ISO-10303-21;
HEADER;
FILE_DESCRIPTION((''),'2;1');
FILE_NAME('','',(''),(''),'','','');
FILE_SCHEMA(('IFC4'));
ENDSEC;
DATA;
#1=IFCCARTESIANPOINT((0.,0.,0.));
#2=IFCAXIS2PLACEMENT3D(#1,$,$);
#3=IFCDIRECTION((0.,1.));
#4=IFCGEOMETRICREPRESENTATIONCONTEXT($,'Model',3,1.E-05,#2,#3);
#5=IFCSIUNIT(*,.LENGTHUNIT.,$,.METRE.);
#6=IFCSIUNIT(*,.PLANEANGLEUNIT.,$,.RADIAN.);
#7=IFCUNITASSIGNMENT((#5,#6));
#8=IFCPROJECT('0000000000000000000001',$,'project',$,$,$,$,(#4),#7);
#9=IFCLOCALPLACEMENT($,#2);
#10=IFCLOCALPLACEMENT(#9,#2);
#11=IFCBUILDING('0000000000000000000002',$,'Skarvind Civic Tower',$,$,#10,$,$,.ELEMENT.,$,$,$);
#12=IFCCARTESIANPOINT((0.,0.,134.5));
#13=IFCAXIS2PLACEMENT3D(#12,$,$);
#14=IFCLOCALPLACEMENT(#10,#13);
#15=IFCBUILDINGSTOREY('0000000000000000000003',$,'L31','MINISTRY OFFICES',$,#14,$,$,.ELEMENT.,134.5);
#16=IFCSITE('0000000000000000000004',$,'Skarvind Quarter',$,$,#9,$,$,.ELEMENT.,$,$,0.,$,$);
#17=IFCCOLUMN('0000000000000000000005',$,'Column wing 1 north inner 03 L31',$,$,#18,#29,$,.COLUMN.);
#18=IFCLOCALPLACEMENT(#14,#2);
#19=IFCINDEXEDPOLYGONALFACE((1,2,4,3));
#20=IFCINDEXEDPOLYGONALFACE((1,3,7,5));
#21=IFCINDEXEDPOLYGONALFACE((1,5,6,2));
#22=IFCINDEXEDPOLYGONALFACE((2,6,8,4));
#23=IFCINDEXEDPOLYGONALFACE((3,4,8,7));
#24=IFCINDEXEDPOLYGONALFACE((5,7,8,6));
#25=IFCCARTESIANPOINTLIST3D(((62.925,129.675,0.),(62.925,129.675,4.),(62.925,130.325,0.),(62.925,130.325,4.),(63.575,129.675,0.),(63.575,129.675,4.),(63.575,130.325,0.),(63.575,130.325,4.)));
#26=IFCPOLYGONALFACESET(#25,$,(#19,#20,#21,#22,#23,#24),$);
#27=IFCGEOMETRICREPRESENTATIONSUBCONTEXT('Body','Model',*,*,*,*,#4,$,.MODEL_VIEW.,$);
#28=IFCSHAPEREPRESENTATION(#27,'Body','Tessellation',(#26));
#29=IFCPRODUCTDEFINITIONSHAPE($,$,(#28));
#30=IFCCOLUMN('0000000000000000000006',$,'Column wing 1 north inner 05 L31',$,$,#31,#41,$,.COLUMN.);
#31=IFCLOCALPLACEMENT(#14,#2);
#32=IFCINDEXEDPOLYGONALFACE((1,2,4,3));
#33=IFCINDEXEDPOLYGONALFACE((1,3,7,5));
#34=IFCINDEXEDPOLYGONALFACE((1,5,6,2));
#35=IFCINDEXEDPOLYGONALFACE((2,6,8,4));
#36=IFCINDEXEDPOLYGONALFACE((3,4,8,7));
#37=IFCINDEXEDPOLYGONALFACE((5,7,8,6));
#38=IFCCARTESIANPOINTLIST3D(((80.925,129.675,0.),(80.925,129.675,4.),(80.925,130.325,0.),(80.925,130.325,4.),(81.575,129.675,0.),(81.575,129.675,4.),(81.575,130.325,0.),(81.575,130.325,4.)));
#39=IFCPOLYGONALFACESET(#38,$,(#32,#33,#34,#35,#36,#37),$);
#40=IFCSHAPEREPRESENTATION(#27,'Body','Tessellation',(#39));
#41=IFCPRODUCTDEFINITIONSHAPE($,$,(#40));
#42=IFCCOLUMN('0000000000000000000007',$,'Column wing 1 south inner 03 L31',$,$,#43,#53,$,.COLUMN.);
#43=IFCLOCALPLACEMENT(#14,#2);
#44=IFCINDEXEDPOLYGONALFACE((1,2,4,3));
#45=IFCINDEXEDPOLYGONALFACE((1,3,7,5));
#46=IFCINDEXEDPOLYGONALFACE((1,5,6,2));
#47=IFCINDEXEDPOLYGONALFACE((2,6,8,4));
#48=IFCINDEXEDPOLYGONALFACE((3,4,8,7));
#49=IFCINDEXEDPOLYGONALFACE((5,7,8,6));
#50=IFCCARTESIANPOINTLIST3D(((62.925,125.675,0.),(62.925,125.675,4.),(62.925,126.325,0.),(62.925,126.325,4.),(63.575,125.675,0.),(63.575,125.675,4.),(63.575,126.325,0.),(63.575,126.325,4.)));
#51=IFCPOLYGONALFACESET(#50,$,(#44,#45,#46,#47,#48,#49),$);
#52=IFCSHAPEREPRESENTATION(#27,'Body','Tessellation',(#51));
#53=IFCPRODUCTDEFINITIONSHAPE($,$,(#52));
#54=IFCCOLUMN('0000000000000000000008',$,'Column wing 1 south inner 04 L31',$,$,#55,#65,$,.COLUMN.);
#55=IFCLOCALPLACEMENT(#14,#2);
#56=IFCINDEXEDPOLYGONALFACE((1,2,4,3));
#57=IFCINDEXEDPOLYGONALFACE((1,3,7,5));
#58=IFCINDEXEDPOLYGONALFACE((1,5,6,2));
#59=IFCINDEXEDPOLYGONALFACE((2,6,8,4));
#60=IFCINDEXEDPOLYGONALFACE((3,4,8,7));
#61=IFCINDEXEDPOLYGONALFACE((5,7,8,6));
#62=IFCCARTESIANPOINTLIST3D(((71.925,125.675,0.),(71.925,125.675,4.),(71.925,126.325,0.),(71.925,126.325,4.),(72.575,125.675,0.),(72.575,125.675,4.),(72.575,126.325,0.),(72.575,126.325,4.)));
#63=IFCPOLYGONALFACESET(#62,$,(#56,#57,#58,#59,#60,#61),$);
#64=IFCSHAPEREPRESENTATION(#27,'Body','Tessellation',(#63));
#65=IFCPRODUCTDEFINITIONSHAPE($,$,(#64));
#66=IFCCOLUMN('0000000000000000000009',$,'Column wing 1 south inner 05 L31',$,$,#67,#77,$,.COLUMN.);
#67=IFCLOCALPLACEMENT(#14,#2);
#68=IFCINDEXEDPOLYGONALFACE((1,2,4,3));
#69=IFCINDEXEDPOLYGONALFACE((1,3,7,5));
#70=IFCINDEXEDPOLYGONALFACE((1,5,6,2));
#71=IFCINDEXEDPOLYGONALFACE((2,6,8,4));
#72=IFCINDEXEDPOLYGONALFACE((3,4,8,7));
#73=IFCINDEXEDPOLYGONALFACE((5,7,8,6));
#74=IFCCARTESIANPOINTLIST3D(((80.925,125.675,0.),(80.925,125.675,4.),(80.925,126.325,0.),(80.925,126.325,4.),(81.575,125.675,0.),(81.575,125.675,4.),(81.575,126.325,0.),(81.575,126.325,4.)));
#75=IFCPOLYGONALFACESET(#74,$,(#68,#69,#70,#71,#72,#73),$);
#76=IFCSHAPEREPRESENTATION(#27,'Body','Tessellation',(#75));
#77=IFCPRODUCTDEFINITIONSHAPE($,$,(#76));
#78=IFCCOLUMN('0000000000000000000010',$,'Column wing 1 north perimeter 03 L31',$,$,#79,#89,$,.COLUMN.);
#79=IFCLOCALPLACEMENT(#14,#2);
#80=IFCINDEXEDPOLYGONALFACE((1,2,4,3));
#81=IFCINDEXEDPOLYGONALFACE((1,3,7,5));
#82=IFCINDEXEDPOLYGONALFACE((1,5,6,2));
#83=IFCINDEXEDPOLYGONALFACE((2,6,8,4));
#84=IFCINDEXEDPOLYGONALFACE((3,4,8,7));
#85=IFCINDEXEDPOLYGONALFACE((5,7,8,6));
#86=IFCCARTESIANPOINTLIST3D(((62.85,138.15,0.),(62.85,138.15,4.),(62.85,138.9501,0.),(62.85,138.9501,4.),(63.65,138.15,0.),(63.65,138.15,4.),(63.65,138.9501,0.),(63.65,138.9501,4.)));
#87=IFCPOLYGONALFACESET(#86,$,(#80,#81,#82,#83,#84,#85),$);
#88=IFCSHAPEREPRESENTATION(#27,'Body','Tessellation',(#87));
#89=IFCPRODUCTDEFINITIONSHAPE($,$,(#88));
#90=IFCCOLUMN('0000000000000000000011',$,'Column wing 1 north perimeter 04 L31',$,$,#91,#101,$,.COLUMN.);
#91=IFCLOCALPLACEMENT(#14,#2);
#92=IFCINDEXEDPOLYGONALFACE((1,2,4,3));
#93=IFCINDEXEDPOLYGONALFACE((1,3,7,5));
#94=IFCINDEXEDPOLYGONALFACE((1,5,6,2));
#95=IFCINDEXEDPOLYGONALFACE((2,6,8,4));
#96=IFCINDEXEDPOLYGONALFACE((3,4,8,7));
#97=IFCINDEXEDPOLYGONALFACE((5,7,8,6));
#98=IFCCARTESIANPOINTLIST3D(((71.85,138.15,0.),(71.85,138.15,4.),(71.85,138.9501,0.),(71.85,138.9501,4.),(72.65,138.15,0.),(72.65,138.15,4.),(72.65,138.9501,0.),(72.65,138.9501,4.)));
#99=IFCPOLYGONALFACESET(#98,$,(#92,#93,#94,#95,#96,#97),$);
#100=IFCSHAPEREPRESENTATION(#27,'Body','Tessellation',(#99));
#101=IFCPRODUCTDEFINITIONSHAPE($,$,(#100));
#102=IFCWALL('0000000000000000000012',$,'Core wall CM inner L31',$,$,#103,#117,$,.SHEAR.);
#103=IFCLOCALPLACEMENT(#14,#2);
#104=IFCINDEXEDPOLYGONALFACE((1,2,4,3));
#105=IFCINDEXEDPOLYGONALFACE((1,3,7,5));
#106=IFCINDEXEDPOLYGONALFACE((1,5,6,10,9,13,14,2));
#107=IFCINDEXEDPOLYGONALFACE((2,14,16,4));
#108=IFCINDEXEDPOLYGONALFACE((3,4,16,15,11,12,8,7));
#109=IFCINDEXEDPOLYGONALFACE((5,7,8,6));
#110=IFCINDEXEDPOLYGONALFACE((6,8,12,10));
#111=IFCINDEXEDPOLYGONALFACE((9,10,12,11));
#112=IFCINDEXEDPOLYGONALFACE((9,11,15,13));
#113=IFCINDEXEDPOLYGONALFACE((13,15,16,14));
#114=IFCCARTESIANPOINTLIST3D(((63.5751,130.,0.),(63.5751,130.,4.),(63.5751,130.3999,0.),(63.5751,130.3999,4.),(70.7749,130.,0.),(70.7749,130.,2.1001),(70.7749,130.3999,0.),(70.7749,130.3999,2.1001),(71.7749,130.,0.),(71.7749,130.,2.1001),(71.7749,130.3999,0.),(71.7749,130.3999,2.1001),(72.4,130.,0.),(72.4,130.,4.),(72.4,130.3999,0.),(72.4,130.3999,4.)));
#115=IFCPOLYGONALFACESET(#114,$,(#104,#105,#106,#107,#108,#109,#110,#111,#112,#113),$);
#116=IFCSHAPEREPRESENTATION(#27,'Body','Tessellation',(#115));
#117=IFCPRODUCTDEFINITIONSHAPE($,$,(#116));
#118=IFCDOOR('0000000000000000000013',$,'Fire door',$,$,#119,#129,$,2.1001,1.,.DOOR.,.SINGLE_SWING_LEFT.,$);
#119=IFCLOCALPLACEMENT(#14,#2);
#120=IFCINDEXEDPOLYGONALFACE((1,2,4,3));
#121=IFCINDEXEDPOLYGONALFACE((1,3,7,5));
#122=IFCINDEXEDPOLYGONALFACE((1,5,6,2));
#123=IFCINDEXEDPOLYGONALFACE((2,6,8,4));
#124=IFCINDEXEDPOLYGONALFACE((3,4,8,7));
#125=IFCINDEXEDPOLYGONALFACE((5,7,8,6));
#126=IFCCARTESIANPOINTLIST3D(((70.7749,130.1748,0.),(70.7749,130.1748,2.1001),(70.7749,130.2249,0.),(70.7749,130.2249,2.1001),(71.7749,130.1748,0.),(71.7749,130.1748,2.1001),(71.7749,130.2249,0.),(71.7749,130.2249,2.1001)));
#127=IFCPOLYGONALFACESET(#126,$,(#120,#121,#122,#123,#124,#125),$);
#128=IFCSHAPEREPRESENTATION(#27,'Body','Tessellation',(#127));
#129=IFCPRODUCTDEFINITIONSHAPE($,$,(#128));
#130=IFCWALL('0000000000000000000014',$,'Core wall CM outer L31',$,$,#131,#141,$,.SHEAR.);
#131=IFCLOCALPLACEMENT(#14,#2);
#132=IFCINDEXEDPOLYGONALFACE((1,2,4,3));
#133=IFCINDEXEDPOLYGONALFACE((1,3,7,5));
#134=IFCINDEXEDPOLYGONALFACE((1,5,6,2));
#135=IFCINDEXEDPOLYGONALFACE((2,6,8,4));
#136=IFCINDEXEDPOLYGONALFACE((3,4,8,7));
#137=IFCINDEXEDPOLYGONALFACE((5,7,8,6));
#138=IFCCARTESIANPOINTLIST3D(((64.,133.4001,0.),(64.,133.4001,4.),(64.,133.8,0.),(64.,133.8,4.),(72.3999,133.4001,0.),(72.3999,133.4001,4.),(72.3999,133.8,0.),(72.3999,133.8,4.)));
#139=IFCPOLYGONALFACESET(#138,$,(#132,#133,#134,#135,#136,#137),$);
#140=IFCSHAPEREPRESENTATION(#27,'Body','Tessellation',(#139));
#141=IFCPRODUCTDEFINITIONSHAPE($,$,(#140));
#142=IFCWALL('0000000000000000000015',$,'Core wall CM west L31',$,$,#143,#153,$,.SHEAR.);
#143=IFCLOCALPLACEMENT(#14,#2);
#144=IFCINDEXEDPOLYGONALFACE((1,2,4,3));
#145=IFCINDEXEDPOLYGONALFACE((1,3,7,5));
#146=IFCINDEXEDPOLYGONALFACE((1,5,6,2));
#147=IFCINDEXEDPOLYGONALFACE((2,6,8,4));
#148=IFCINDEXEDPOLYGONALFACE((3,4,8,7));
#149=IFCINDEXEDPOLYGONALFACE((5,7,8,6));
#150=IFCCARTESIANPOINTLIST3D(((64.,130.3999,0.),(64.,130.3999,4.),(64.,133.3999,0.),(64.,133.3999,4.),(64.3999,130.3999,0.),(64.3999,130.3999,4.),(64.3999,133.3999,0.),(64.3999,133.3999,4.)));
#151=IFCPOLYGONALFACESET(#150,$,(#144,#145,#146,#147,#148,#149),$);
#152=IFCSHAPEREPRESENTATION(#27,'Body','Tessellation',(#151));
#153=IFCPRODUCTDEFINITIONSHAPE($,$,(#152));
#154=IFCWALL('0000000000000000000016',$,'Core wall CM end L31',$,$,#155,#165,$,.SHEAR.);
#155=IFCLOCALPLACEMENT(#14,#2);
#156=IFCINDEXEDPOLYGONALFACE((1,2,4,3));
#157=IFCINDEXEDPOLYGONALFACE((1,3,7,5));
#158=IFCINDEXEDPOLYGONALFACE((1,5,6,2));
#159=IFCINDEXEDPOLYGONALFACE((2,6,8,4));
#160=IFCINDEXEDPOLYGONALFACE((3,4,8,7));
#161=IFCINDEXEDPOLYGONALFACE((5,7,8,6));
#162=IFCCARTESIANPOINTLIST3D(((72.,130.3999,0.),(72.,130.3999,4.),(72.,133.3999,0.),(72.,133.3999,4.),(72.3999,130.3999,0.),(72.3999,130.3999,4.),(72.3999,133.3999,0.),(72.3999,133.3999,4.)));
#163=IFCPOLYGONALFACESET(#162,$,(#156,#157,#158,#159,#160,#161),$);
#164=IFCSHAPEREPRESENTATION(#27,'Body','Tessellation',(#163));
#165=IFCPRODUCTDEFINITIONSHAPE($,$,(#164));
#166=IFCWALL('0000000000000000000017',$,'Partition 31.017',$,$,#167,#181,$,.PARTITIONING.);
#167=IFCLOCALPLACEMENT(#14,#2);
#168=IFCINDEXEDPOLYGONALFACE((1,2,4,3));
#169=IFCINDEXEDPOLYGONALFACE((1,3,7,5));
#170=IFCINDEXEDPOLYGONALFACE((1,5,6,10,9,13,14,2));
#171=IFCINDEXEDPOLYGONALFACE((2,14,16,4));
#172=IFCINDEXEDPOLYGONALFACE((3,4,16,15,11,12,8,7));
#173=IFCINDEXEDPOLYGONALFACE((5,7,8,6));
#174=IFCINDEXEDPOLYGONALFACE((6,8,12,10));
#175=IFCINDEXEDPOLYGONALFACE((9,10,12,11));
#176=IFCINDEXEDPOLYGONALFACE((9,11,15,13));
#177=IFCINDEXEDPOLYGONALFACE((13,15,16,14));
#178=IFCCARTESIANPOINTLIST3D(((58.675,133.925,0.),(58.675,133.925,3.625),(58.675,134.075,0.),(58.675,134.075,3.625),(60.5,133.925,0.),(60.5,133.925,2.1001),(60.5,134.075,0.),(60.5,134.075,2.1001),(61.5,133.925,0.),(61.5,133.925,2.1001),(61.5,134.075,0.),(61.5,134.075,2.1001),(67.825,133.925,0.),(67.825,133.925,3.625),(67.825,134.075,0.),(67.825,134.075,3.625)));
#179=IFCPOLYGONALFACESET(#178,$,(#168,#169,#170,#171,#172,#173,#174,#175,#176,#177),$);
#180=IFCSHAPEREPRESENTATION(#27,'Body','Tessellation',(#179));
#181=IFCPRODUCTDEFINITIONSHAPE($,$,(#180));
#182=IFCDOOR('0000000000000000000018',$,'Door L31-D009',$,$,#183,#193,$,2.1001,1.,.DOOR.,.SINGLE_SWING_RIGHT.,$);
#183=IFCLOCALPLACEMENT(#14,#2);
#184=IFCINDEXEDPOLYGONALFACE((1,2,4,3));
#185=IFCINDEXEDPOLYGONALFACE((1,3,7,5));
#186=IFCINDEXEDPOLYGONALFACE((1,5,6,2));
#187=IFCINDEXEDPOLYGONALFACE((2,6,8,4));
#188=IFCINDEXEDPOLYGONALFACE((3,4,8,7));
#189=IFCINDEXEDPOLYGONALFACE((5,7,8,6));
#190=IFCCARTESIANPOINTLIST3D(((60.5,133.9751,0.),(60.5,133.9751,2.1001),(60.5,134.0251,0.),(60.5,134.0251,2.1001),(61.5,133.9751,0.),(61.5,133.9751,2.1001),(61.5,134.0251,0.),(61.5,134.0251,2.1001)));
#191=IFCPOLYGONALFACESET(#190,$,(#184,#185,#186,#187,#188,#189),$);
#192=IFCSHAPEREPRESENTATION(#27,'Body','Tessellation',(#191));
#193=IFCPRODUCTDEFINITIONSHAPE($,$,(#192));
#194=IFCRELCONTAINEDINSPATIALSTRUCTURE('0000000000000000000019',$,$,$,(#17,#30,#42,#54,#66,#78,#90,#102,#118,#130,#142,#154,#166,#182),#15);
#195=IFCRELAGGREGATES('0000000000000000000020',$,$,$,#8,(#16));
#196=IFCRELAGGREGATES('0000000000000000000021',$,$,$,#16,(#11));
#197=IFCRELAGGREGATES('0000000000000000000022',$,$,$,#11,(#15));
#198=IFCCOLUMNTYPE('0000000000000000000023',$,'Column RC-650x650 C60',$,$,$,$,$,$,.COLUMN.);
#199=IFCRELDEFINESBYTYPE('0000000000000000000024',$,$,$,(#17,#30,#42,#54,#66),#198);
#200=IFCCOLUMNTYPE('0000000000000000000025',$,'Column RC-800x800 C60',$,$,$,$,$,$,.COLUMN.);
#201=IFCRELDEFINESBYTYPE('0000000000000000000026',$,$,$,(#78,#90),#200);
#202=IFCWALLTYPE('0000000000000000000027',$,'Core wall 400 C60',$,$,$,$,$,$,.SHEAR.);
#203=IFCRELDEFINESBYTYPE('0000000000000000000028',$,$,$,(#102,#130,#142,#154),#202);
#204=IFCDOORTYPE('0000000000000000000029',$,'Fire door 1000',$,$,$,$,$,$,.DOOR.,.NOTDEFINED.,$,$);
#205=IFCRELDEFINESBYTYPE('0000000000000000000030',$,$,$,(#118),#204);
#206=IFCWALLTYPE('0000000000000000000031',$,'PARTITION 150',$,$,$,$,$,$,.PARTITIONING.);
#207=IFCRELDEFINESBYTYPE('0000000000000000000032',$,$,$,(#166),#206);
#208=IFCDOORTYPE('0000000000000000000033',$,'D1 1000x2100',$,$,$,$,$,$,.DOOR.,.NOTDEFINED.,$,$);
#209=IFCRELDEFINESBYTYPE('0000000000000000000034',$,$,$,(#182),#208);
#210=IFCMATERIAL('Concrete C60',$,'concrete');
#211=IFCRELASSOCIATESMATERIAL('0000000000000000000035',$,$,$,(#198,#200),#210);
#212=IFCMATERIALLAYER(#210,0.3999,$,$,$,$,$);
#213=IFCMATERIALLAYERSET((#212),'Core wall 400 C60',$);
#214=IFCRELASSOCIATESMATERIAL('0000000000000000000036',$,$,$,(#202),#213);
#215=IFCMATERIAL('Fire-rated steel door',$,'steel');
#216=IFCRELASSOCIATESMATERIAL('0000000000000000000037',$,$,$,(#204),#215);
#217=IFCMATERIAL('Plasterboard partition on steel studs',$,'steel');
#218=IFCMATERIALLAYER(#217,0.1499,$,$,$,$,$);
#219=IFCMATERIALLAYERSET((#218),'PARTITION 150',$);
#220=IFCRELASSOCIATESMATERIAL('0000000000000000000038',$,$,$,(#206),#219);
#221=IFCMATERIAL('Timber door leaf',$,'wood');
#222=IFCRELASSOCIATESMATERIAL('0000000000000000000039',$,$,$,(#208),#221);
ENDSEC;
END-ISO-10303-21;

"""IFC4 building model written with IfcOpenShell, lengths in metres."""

from ifc_helpers import new_model, si_unit, direction, frame, frame_2d, origin, origin_2d, place, context, subcontext, project, spatial, rectangle, extrude, material, layer, layer_set, material_profile, profile_set, type_object, element, fill, save


model = new_model("IFC4")

# Units and contexts
model_context = context("Model", 3, precision=1e-05, world=origin(), true_north=direction((0.0, 1.0)))
body_context = subcontext(model_context, "Body", "Model", "MODEL_VIEW")
ifc_project = project(units=[si_unit("LENGTHUNIT", "METRE"), si_unit("PLANEANGLEUNIT", "RADIAN")], contexts=[model_context])

# Site, building, storey
site_placement = place(None, origin())
site = spatial("IfcSite", under=ifc_project, at=site_placement, Name="Skarvind Quarter", CompositionType="ELEMENT", RefElevation=0.0)
building_placement = place(site_placement, origin())
building = spatial("IfcBuilding", under=site, at=building_placement, Name="Skarvind Civic Tower", CompositionType="ELEMENT")
storey_placement = place(building_placement, frame((0.0, 0.0, 134.5)))
storey = spatial("IfcBuildingStorey", under=building, at=storey_placement, Name="L31", Description="MINISTRY OFFICES", CompositionType="ELEMENT", Elevation=134.5)

# Columns
ifc_material_1 = material(Name="Concrete C60", Category="concrete")
ifc_material_profile_1 = material_profile(ifc_material_1, rectangle(XDim=0.6499, YDim=0.6499, at=origin_2d()), Name="RC-650x650")
ifc_profile_set_1 = profile_set([ifc_material_profile_1], Name="Concrete C60")
column_type_1 = type_object("IfcColumnType", Name="Column RC-650x650 C60", PredefinedType="COLUMN", material=ifc_profile_set_1)
for number, where, z_axis, x_axis, name in (
    (1, (63.25, 130.0, 0.0), (0.0, 0.0, 1.0), (1.0, 0.0, 0.0), "Column wing 1 north inner 03 L31"),
    (2, (81.25, 130.0, 0.0), (0.0, 0.0, 1.0), (1.0, 0.0, 0.0), "Column wing 1 north inner 05 L31"),
    (3, (63.25, 126.0, 0.0), (0.0, 0.0, 1.0), (1.0, 0.0, 0.0), "Column wing 1 south inner 03 L31"),
    (4, (72.25, 126.0, 0.0), (0.0, 0.0, 1.0), (1.0, 0.0, 0.0), "Column wing 1 south inner 04 L31"),
    (5, (81.25, 126.0, 0.0), (0.0, 0.0, 1.0), (1.0, 0.0, 0.0), "Column wing 1 south inner 05 L31"),
):
    element("IfcColumn", number, at=place(storey_placement, frame(where, z_axis=z_axis, x_axis=x_axis)), inside=storey, type_object=column_type_1, Name=name, PredefinedType="COLUMN", context=body_context, shape_type="SweptSolid", body=[
        extrude(rectangle(XDim=0.6499, YDim=0.6499, at=origin_2d()), origin(), (0.0, 0.0, 1.0), 4.0),
    ])
ifc_material_profile_2 = material_profile(ifc_material_1, rectangle(XDim=0.8, YDim=0.8, at=origin_2d()), Name="RC-800x800")
ifc_profile_set_2 = profile_set([ifc_material_profile_2], Name="Concrete C60")
column_type_2 = type_object("IfcColumnType", Name="Column RC-800x800 C60", PredefinedType="COLUMN", material=ifc_profile_set_2)
for number, where, z_axis, x_axis, name in (
    (6, (63.25, 138.55, 0.0), (0.0, 0.0, 1.0), (1.0, 0.0, 0.0), "Column wing 1 north perimeter 03 L31"),
    (7, (72.25, 138.55, 0.0), (0.0, 0.0, 1.0), (1.0, 0.0, 0.0), "Column wing 1 north perimeter 04 L31"),
):
    element("IfcColumn", number, at=place(storey_placement, frame(where, z_axis=z_axis, x_axis=x_axis)), inside=storey, type_object=column_type_2, Name=name, PredefinedType="COLUMN", context=body_context, shape_type="SweptSolid", body=[
        extrude(rectangle(XDim=0.8, YDim=0.8, at=origin_2d()), origin(), (0.0, 0.0, 1.0), 4.0),
    ])

# Wall, opening, door
ifc_layer_1 = layer(ifc_material_1, 0.3999)
ifc_layer_set_1 = layer_set([ifc_layer_1], Name="Core wall 400 C60")
wall_type_1 = type_object("IfcWallType", Name="Core wall 400 C60", PredefinedType="SHEAR", material=ifc_layer_set_1)
wall_1_placement = place(storey_placement, frame((63.575, 130.2, 0.0), z_axis=(0.0, 0.0, 1.0), x_axis=(1.0, 0.0, 0.0)))
wall_1 = element("IfcWall", 8, at=wall_1_placement, inside=storey, type_object=wall_type_1, Name="Core wall CM inner L31", PredefinedType="SHEAR", context=body_context, shape_type="SweptSolid", body=[
    extrude(rectangle(XDim=8.825, YDim=0.3999, at=frame_2d((4.4126, 0.0))), origin(), (0.0, 0.0, 1.0), 4.0),
])
opening_1_placement = place(wall_1_placement, frame((7.2, 0.0, 0.0)))
opening_1 = element("IfcOpeningElement", 9, at=opening_1_placement, cuts=wall_1, PredefinedType="OPENING", context=body_context, shape_type="SweptSolid", body=[
    extrude(rectangle(XDim=1.0, YDim=2.1001, at=frame_2d((0.5, 1.05))), frame((0.0, 0.21, 0.0), z_axis=(0.0, -1.0, 0.0), x_axis=(1.0, 0.0, 0.0)), (0.0, 0.0, 1.0), 0.4199),
])
ifc_material_2 = material(Name="Fire-rated steel door", Category="steel")
door_type_1 = type_object("IfcDoorType", Name="Fire door 1000", OperationType="NOTDEFINED", PredefinedType="DOOR", material=ifc_material_2)
door_1_placement = place(opening_1_placement, origin())
door_1 = element("IfcDoor", 10, at=door_1_placement, inside=storey, type_object=door_type_1, Name="Fire door", OperationType="SINGLE_SWING_LEFT", OverallHeight=2.1001, OverallWidth=1.0, PredefinedType="DOOR", context=body_context, shape_type="SweptSolid", body=[
    extrude(rectangle(XDim=1.0, YDim=2.1001, at=frame_2d((0.5, 1.05))), frame((0.0, 0.0249, 0.0), z_axis=(0.0, -1.0, 0.0), x_axis=(1.0, 0.0, 0.0)), (0.0, 0.0, 1.0), 0.05),
])
fill(opening_1, door_1)

# Walls
wall_2_placement = place(storey_placement, frame((64.0, 133.6001, 0.0), z_axis=(0.0, 0.0, 1.0), x_axis=(1.0, 0.0, 0.0)))
element("IfcWall", 11, at=wall_2_placement, inside=storey, type_object=wall_type_1, Name="Core wall CM outer L31", PredefinedType="SHEAR", context=body_context, shape_type="SweptSolid", body=[
    extrude(rectangle(XDim=8.3999, YDim=0.3999, at=frame_2d((4.2, 0.0))), origin(), (0.0, 0.0, 1.0), 4.0),
])
for number, where, z_axis, x_axis, name in (
    (12, (64.2, 130.3999, 0.0), (0.0, 0.0, 1.0), (0.0, 1.0, 0.0), "Core wall CM west L31"),
    (13, (72.2, 130.3999, 0.0), (0.0, 0.0, 1.0), (0.0, 1.0, 0.0), "Core wall CM end L31"),
):
    element("IfcWall", number, at=place(storey_placement, frame(where, z_axis=z_axis, x_axis=x_axis)), inside=storey, type_object=wall_type_1, Name=name, PredefinedType="SHEAR", context=body_context, shape_type="SweptSolid", body=[
        extrude(rectangle(XDim=3.0, YDim=0.3999, at=frame_2d((1.5, 0.0))), origin(), (0.0, 0.0, 1.0), 4.0),
    ])

# Wall, opening, door
ifc_material_3 = material(Name="Plasterboard partition on steel studs", Category="steel")
ifc_layer_2 = layer(ifc_material_3, 0.1499)
ifc_layer_set_2 = layer_set([ifc_layer_2], Name="PARTITION 150")
wall_type_2 = type_object("IfcWallType", Name="PARTITION 150", PredefinedType="PARTITIONING", material=ifc_layer_set_2)
wall_3_placement = place(storey_placement, frame((67.825, 134.0, 0.0), z_axis=(0.0, 0.0, 1.0), x_axis=(-1.0, 0.0, 0.0)))
wall_3 = element("IfcWall", 14, at=wall_3_placement, inside=storey, type_object=wall_type_2, Name="Partition 31.017", PredefinedType="PARTITIONING", context=body_context, shape_type="SweptSolid", body=[
    extrude(rectangle(XDim=9.1499, YDim=0.1499, at=frame_2d((4.575, 0.0))), origin(), (0.0, 0.0, 1.0), 3.625),
])
opening_2_placement = place(wall_3_placement, frame((6.325, 0.0, 0.0)))
opening_2 = element("IfcOpeningElement", 15, at=opening_2_placement, cuts=wall_3, PredefinedType="OPENING", context=body_context, shape_type="SweptSolid", body=[
    extrude(rectangle(XDim=1.0, YDim=2.1001, at=frame_2d((0.5, 1.05))), frame((0.0, 0.085, 0.0), z_axis=(0.0, -1.0, 0.0), x_axis=(1.0, 0.0, 0.0)), (0.0, 0.0, 1.0), 0.1699),
])
ifc_material_4 = material(Name="Timber door leaf", Category="wood")
door_type_2 = type_object("IfcDoorType", Name="D1 1000x2100", OperationType="NOTDEFINED", PredefinedType="DOOR", material=ifc_material_4)
door_2_placement = place(opening_2_placement, origin())
door_2 = element("IfcDoor", 16, at=door_2_placement, inside=storey, type_object=door_type_2, Name="Door L31-D009", OperationType="SINGLE_SWING_RIGHT", OverallHeight=2.1001, OverallWidth=1.0, PredefinedType="DOOR", context=body_context, shape_type="SweptSolid", body=[
    extrude(rectangle(XDim=1.0, YDim=2.1001, at=frame_2d((0.5, 1.05))), frame((0.0, 0.0249, 0.0), z_axis=(0.0, -1.0, 0.0), x_axis=(1.0, 0.0, 0.0)), (0.0, 0.0, 1.0), 0.05),
])
fill(opening_2, door_2)

save(model, "model.ifc")
